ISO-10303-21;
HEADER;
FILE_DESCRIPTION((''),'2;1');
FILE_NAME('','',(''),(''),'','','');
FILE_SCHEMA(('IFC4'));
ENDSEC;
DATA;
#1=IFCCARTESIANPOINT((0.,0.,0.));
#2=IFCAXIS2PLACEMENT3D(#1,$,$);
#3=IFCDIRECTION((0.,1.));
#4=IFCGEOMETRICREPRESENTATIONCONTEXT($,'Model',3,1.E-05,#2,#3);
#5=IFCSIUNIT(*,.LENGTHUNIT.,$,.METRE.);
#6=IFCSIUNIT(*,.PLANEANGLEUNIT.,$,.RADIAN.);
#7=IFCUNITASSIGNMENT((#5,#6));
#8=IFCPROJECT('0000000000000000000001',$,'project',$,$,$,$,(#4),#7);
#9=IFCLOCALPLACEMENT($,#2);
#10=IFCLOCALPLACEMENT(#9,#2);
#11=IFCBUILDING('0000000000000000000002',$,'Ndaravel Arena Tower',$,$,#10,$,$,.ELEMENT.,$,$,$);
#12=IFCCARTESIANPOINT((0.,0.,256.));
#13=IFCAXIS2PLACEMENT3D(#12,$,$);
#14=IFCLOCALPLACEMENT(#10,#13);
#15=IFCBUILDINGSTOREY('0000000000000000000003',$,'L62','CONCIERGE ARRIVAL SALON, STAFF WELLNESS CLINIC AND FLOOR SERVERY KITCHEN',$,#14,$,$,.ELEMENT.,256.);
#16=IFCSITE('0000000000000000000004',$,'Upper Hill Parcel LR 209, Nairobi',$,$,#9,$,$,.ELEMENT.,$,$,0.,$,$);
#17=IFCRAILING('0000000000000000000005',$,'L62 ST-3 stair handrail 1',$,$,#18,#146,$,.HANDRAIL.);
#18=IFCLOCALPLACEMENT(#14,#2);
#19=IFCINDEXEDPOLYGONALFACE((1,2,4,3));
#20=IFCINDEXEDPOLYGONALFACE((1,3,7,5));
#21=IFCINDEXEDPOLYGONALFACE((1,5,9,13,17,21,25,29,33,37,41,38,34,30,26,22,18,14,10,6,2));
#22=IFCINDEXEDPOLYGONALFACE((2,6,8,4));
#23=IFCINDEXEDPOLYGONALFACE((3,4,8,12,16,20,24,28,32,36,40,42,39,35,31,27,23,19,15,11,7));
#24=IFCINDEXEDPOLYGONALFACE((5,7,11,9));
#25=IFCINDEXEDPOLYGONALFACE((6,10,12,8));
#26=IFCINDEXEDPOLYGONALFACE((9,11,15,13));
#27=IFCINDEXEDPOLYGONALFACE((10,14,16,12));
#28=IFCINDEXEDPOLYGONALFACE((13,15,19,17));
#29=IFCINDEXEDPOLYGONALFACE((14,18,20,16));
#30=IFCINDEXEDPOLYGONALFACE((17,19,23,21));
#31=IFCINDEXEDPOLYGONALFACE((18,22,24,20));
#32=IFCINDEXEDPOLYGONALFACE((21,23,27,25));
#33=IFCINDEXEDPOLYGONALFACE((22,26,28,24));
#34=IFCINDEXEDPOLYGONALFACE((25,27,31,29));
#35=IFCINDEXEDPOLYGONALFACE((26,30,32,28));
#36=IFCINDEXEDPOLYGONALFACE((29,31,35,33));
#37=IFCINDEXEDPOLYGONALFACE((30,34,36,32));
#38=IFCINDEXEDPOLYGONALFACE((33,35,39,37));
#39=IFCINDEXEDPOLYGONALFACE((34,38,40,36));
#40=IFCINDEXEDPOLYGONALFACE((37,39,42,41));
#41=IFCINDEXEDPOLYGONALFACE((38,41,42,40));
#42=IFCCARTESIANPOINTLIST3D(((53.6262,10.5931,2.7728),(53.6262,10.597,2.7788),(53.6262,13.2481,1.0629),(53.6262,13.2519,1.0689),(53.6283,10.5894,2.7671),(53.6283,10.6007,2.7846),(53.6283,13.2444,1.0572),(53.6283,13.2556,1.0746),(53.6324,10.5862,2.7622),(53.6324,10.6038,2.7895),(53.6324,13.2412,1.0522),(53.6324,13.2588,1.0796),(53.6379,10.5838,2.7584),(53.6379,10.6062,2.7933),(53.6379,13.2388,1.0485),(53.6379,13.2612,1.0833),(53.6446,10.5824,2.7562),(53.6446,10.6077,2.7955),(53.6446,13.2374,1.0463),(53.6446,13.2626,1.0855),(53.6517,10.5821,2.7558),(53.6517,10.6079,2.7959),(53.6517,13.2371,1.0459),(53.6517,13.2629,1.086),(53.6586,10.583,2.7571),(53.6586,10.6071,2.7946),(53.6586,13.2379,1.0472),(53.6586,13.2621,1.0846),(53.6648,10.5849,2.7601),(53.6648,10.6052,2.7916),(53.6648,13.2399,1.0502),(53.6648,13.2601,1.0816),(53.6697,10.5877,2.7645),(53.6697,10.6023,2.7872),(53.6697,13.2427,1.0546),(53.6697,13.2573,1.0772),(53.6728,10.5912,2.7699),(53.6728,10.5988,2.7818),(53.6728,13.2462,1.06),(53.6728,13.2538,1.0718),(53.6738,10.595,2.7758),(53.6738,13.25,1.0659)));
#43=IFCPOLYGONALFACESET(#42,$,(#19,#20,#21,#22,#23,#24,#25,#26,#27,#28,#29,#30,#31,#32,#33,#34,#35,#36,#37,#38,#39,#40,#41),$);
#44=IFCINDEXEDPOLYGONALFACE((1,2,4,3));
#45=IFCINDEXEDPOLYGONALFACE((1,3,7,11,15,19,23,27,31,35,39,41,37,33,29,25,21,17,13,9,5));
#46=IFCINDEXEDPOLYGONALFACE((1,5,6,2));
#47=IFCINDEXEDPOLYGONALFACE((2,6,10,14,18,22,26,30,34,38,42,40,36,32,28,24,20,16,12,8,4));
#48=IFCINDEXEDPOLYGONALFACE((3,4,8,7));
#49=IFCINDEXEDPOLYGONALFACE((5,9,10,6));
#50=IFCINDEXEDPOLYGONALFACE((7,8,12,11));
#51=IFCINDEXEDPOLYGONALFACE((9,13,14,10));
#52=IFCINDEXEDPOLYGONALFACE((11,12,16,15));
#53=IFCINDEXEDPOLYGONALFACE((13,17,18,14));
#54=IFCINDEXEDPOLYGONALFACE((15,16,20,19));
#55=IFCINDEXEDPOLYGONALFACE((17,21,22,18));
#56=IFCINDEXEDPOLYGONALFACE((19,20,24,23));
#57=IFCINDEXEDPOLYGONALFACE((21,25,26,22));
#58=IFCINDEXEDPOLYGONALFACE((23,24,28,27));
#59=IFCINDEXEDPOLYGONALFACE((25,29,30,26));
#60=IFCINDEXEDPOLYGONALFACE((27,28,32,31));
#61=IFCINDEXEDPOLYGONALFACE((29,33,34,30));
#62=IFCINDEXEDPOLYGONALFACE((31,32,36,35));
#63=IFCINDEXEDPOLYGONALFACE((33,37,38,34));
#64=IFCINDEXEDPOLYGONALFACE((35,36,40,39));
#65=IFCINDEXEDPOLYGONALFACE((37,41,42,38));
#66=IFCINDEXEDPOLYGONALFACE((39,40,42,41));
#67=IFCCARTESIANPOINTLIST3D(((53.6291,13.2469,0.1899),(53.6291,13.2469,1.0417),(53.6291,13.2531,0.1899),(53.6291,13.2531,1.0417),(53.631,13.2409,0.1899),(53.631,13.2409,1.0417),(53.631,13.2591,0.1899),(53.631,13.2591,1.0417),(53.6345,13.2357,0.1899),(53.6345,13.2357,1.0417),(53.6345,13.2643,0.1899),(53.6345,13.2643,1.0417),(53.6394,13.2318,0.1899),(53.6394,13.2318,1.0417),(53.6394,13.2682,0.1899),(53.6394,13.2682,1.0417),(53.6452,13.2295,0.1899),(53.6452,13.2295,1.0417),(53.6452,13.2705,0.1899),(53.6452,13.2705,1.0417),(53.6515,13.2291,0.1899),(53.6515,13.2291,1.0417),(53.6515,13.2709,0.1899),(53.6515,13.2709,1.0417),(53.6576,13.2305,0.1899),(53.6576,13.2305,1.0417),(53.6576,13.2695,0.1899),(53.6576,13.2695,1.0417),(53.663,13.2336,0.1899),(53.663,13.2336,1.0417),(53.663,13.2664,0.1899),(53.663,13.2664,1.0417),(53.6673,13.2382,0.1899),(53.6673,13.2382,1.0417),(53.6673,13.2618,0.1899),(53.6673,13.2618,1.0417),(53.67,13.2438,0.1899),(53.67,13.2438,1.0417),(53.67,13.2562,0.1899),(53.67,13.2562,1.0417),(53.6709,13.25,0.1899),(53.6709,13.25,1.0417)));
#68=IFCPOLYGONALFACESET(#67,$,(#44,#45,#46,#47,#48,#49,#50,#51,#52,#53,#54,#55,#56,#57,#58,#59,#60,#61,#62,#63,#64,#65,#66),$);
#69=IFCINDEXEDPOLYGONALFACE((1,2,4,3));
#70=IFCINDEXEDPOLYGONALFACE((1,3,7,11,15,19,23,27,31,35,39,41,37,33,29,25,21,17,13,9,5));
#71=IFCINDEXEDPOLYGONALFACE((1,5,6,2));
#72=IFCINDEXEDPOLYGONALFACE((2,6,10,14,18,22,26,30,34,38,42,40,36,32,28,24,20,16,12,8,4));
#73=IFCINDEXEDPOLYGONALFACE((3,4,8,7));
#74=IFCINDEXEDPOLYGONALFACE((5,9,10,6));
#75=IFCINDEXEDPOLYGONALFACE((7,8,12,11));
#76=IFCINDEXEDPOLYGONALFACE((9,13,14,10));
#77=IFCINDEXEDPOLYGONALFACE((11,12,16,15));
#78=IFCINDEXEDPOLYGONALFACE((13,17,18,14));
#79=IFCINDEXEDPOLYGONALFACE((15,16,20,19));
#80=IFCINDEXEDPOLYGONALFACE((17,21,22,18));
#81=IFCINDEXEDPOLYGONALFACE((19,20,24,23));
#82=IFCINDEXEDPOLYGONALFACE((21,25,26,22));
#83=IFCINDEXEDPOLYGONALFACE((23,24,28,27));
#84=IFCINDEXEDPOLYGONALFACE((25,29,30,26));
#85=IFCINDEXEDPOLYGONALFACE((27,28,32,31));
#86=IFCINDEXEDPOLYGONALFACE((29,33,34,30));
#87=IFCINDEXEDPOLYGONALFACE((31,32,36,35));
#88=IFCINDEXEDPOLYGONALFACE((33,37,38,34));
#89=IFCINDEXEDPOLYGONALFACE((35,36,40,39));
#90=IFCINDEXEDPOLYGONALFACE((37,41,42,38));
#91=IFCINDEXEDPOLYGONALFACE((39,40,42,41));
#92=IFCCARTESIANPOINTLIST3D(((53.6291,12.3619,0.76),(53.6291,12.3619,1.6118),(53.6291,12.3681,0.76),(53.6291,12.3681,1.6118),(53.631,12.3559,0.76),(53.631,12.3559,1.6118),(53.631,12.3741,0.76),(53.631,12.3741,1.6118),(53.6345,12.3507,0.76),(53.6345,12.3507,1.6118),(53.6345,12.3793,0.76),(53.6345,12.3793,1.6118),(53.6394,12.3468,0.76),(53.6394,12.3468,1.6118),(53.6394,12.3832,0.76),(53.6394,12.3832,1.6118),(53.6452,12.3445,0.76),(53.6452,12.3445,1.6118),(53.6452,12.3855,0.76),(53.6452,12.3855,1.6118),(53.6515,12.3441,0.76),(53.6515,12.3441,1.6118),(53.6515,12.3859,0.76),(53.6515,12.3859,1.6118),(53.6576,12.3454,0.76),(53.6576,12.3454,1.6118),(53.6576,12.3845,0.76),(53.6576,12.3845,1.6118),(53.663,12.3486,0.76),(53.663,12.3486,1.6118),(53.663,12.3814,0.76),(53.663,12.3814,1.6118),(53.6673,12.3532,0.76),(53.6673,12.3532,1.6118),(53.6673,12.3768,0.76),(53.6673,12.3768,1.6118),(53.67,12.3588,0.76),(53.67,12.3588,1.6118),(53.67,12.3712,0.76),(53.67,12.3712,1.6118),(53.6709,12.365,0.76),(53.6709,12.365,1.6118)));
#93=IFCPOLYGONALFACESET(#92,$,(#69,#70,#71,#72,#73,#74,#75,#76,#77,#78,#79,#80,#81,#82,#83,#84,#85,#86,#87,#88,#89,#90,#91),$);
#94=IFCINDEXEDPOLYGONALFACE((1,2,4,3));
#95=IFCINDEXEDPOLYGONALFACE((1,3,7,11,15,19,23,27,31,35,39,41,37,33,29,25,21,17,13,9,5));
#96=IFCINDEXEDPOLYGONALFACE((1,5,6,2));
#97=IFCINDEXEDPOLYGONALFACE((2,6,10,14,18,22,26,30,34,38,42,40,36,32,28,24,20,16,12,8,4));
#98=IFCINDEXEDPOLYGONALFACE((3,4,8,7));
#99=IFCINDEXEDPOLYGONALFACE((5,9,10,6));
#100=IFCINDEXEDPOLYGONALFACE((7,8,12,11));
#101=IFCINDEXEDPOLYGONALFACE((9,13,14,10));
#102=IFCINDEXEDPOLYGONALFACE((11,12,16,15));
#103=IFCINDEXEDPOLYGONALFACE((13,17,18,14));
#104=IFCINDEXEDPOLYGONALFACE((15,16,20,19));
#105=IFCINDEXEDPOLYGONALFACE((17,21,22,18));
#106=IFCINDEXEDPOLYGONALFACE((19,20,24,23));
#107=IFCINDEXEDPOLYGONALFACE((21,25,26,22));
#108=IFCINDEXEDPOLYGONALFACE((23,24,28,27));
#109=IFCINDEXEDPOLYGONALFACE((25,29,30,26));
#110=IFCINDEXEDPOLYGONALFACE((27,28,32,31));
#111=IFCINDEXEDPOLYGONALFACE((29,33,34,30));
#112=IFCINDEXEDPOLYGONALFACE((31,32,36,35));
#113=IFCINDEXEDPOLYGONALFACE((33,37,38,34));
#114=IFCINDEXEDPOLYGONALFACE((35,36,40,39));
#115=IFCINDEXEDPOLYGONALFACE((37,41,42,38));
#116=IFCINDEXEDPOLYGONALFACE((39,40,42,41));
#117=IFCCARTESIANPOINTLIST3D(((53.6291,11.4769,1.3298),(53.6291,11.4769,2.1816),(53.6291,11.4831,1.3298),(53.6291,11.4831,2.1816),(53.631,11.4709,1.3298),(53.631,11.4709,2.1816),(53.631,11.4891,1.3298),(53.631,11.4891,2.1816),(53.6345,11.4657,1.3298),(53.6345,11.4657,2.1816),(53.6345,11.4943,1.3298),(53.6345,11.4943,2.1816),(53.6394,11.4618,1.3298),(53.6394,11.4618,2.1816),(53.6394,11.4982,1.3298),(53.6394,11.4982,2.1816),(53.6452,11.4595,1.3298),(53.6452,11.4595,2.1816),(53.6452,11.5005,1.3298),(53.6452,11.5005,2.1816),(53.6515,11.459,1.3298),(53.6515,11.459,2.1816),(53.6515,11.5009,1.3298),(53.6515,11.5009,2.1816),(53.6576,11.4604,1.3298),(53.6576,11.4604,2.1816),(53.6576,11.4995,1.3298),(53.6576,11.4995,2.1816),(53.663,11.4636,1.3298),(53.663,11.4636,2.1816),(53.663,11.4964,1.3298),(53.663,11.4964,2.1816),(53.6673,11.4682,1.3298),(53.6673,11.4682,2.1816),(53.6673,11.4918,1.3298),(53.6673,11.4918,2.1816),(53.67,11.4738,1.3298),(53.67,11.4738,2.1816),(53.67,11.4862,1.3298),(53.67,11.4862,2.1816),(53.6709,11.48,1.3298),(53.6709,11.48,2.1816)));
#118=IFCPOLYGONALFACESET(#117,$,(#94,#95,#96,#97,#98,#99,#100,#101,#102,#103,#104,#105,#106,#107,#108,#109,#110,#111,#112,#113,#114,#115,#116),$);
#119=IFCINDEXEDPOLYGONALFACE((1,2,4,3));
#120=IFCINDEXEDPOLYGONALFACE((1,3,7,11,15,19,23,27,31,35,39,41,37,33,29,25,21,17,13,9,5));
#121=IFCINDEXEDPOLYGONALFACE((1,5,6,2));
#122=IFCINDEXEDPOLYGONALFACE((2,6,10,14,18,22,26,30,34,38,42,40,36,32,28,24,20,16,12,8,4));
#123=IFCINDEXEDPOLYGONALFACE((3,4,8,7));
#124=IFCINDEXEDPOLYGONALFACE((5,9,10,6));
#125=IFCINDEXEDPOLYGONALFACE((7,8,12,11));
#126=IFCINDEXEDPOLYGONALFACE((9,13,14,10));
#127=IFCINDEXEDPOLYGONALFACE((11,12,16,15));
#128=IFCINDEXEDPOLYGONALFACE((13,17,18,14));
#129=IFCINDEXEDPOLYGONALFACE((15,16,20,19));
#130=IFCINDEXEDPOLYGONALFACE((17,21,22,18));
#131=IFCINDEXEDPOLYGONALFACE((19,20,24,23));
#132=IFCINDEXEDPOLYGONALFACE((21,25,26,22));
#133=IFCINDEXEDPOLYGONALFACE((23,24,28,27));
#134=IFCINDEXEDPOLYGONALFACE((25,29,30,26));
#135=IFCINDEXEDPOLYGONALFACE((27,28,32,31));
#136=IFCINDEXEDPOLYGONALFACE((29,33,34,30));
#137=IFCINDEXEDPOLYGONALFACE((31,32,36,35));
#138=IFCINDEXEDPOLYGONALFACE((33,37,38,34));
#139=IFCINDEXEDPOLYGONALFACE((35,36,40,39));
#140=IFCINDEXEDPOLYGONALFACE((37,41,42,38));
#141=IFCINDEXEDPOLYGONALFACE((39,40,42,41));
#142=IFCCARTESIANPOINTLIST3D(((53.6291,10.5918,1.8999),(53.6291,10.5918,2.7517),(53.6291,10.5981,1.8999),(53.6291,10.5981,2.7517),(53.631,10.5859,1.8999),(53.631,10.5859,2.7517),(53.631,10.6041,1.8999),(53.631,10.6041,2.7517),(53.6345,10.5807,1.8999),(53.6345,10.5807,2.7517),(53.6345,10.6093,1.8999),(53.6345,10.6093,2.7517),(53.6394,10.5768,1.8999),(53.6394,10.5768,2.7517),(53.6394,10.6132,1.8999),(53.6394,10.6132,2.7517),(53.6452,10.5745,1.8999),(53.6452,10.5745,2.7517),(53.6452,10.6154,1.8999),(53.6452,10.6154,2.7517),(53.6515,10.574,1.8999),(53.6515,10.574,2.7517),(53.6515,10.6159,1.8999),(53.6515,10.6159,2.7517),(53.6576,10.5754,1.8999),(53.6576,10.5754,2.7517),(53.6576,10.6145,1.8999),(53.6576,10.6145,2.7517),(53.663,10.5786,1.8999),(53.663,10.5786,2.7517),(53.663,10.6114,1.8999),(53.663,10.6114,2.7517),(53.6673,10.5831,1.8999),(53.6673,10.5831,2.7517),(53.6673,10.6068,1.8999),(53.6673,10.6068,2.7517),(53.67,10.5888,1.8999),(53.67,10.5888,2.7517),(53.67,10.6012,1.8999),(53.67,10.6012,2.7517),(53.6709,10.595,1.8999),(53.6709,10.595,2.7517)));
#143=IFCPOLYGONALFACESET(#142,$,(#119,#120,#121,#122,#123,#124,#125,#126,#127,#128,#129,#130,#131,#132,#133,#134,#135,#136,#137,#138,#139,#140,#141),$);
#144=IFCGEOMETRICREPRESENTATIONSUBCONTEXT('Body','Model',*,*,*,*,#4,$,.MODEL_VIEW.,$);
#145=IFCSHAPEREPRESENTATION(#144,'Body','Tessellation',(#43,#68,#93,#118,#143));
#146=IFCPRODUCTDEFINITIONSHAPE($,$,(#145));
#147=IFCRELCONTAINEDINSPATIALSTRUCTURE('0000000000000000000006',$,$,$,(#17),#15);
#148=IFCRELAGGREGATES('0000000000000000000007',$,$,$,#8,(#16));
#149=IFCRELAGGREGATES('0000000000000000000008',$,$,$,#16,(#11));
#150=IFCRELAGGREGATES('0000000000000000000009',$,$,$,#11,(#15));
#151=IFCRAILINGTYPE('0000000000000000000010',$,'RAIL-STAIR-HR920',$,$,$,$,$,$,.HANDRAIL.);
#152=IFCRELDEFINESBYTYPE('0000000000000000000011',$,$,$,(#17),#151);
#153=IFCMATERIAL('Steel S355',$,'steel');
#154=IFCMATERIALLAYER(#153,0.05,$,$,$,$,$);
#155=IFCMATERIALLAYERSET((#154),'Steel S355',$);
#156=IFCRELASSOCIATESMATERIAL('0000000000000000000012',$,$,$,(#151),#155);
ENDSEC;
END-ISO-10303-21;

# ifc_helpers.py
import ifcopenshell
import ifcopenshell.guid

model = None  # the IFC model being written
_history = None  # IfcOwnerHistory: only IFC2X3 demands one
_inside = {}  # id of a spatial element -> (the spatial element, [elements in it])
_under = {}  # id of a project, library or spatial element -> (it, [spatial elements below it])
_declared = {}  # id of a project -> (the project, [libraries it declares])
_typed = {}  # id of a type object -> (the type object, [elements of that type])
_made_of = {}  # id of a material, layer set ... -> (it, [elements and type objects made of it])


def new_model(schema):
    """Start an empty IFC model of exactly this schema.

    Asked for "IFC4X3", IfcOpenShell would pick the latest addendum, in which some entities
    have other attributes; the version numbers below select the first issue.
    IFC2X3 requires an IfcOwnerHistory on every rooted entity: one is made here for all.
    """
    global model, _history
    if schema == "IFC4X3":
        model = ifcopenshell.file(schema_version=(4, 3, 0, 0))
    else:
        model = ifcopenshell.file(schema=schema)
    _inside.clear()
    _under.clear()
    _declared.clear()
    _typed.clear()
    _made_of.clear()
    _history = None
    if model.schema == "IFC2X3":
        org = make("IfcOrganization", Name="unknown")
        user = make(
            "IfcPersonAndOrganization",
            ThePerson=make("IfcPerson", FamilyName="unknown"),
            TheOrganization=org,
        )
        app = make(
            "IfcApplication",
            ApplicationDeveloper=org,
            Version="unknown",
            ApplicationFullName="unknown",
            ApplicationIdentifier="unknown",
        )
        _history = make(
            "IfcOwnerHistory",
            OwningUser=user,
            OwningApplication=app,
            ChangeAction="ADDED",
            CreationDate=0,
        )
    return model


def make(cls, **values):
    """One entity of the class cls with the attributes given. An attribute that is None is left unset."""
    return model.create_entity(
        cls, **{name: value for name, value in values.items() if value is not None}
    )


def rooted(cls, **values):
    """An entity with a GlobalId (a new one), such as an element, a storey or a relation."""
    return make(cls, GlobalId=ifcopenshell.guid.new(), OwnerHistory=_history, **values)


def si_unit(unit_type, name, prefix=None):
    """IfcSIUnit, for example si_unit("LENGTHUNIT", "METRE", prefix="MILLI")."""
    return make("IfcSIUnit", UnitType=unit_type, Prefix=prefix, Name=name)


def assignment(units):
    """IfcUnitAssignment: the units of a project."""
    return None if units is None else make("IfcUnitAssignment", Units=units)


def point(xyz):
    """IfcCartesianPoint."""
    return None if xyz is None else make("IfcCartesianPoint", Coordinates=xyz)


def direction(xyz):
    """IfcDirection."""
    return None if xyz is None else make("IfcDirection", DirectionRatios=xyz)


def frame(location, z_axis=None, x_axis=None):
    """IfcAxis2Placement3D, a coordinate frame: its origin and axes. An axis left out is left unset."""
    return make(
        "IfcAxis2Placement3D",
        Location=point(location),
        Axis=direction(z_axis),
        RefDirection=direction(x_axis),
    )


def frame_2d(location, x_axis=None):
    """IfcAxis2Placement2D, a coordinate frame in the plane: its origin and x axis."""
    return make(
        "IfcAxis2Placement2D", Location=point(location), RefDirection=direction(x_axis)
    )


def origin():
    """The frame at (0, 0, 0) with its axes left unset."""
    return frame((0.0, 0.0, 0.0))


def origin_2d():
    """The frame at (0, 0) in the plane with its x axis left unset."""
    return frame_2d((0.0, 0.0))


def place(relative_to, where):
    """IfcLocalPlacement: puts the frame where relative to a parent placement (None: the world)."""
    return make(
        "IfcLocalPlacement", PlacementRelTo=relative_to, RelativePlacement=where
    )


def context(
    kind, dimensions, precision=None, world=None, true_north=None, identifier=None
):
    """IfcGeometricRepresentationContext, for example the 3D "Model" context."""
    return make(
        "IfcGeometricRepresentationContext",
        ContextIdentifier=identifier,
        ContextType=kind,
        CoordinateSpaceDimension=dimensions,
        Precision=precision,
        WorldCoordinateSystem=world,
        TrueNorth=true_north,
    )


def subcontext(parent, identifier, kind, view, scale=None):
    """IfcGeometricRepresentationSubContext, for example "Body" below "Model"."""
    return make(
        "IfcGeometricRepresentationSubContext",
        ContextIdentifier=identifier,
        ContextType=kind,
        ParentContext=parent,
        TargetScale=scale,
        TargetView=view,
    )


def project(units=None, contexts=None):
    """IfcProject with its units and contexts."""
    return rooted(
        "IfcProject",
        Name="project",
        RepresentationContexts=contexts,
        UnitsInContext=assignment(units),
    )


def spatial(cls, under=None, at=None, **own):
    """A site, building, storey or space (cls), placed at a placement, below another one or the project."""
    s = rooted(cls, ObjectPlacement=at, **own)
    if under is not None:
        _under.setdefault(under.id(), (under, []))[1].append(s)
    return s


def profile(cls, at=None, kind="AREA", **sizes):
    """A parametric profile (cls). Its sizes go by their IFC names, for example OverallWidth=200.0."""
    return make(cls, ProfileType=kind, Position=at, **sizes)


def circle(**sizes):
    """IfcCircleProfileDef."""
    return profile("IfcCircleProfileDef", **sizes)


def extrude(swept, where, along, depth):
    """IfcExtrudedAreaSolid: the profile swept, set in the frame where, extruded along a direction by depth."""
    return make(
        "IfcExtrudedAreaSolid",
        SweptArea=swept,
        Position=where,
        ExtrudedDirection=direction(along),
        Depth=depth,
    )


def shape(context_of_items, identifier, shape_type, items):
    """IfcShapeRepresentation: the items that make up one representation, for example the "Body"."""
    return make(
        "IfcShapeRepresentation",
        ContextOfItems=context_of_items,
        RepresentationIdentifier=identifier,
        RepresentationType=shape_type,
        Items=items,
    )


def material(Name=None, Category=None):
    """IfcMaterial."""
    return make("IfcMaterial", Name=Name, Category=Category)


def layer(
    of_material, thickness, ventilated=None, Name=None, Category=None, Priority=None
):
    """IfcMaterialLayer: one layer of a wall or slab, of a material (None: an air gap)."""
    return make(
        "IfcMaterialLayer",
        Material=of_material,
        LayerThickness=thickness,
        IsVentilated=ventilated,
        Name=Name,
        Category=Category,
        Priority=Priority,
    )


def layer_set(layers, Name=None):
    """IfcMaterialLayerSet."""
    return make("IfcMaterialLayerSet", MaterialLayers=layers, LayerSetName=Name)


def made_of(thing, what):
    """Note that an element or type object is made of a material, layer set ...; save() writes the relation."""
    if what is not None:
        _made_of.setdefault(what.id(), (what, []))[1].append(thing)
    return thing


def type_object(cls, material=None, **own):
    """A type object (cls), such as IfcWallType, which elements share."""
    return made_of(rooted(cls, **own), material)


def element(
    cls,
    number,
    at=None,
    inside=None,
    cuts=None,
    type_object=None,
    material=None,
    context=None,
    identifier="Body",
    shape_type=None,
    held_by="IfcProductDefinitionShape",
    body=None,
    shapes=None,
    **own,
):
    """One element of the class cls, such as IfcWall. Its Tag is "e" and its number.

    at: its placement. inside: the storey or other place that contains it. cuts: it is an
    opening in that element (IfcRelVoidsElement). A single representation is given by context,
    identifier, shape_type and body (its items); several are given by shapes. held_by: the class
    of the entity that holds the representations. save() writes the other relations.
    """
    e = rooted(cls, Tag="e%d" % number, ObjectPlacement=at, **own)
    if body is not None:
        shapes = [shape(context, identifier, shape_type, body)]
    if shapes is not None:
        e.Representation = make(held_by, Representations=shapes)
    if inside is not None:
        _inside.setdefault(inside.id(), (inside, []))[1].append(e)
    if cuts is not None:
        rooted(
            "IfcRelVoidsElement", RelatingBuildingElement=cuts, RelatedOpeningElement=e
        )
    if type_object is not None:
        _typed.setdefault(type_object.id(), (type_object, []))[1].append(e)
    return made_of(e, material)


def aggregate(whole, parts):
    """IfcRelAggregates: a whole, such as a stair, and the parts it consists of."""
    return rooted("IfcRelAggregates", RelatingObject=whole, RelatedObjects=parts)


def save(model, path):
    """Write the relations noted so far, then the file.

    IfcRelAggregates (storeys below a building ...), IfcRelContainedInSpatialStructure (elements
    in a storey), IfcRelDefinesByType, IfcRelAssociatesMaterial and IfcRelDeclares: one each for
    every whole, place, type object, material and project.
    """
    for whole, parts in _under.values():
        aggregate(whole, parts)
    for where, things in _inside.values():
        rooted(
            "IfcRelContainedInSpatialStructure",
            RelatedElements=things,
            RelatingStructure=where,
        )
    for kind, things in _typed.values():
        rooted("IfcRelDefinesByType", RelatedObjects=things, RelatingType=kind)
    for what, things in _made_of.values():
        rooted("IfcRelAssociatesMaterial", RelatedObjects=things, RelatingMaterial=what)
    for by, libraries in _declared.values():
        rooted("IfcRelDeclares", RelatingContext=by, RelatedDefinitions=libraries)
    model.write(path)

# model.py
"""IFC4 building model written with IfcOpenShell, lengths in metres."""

from ifc_helpers import new_model, si_unit, direction, frame, origin, origin_2d, place, context, subcontext, project, spatial, circle, extrude, material, layer, layer_set, type_object, element, save


model = new_model("IFC4")

# Units and contexts
model_context = context("Model", 3, precision=1e-05, world=origin(), true_north=direction((0.0, 1.0)))
body_context = subcontext(model_context, "Body", "Model", "MODEL_VIEW")
ifc_project = project(units=[si_unit("LENGTHUNIT", "METRE"), si_unit("PLANEANGLEUNIT", "RADIAN")], contexts=[model_context])

# Site, building, storey
site_placement = place(None, origin())
site = spatial("IfcSite", under=ifc_project, at=site_placement, Name="Upper Hill Parcel LR 209, Nairobi", CompositionType="ELEMENT", RefElevation=0.0)
building_placement = place(site_placement, origin())
building = spatial("IfcBuilding", under=site, at=building_placement, Name="Ndaravel Arena Tower", CompositionType="ELEMENT")
storey_placement = place(building_placement, frame((0.0, 0.0, 256.0)))
storey = spatial("IfcBuildingStorey", under=building, at=storey_placement, Name="L62", Description="CONCIERGE ARRIVAL SALON, STAFF WELLNESS CLINIC AND FLOOR SERVERY KITCHEN", CompositionType="ELEMENT", Elevation=256.0)

# Railing
ifc_material_1 = material(Name="Steel S355", Category="steel")
ifc_layer_1 = layer(ifc_material_1, 0.05)
ifc_layer_set_1 = layer_set([ifc_layer_1], Name="Steel S355")
railing_type_1 = type_object("IfcRailingType", Name="RAIL-STAIR-HR920", PredefinedType="HANDRAIL", material=ifc_layer_set_1)
railing_1_placement = place(storey_placement, frame((53.6499, 13.25, 0.1899)))
element("IfcRailing", 1, at=railing_1_placement, inside=storey, type_object=railing_type_1, Name="L62 ST-3 stair handrail 1", PredefinedType="HANDRAIL", context=body_context, shape_type="SweptSolid", body=[
    extrude(circle(Radius=0.0239, at=origin_2d()), frame((0.0, 0.0, 0.876), z_axis=(0.0, -0.840724, 0.541465), x_axis=(1.0, 0.0, 0.0)), (0.0, 0.0, 1.0), 3.158),
    extrude(circle(Radius=0.021, at=origin_2d()), origin(), (0.0, 0.0, 1.0), 0.8518),
    extrude(circle(Radius=0.021, at=origin_2d()), frame((0.0, -0.885, 0.5701)), (0.0, 0.0, 1.0), 0.8518),
    extrude(circle(Radius=0.021, at=origin_2d()), frame((0.0, -1.77, 1.1399)), (0.0, 0.0, 1.0), 0.8518),
    extrude(circle(Radius=0.021, at=origin_2d()), frame((0.0, -2.655, 1.71)), (0.0, 0.0, 1.0), 0.8518),
])

save(model, "model.ifc")
